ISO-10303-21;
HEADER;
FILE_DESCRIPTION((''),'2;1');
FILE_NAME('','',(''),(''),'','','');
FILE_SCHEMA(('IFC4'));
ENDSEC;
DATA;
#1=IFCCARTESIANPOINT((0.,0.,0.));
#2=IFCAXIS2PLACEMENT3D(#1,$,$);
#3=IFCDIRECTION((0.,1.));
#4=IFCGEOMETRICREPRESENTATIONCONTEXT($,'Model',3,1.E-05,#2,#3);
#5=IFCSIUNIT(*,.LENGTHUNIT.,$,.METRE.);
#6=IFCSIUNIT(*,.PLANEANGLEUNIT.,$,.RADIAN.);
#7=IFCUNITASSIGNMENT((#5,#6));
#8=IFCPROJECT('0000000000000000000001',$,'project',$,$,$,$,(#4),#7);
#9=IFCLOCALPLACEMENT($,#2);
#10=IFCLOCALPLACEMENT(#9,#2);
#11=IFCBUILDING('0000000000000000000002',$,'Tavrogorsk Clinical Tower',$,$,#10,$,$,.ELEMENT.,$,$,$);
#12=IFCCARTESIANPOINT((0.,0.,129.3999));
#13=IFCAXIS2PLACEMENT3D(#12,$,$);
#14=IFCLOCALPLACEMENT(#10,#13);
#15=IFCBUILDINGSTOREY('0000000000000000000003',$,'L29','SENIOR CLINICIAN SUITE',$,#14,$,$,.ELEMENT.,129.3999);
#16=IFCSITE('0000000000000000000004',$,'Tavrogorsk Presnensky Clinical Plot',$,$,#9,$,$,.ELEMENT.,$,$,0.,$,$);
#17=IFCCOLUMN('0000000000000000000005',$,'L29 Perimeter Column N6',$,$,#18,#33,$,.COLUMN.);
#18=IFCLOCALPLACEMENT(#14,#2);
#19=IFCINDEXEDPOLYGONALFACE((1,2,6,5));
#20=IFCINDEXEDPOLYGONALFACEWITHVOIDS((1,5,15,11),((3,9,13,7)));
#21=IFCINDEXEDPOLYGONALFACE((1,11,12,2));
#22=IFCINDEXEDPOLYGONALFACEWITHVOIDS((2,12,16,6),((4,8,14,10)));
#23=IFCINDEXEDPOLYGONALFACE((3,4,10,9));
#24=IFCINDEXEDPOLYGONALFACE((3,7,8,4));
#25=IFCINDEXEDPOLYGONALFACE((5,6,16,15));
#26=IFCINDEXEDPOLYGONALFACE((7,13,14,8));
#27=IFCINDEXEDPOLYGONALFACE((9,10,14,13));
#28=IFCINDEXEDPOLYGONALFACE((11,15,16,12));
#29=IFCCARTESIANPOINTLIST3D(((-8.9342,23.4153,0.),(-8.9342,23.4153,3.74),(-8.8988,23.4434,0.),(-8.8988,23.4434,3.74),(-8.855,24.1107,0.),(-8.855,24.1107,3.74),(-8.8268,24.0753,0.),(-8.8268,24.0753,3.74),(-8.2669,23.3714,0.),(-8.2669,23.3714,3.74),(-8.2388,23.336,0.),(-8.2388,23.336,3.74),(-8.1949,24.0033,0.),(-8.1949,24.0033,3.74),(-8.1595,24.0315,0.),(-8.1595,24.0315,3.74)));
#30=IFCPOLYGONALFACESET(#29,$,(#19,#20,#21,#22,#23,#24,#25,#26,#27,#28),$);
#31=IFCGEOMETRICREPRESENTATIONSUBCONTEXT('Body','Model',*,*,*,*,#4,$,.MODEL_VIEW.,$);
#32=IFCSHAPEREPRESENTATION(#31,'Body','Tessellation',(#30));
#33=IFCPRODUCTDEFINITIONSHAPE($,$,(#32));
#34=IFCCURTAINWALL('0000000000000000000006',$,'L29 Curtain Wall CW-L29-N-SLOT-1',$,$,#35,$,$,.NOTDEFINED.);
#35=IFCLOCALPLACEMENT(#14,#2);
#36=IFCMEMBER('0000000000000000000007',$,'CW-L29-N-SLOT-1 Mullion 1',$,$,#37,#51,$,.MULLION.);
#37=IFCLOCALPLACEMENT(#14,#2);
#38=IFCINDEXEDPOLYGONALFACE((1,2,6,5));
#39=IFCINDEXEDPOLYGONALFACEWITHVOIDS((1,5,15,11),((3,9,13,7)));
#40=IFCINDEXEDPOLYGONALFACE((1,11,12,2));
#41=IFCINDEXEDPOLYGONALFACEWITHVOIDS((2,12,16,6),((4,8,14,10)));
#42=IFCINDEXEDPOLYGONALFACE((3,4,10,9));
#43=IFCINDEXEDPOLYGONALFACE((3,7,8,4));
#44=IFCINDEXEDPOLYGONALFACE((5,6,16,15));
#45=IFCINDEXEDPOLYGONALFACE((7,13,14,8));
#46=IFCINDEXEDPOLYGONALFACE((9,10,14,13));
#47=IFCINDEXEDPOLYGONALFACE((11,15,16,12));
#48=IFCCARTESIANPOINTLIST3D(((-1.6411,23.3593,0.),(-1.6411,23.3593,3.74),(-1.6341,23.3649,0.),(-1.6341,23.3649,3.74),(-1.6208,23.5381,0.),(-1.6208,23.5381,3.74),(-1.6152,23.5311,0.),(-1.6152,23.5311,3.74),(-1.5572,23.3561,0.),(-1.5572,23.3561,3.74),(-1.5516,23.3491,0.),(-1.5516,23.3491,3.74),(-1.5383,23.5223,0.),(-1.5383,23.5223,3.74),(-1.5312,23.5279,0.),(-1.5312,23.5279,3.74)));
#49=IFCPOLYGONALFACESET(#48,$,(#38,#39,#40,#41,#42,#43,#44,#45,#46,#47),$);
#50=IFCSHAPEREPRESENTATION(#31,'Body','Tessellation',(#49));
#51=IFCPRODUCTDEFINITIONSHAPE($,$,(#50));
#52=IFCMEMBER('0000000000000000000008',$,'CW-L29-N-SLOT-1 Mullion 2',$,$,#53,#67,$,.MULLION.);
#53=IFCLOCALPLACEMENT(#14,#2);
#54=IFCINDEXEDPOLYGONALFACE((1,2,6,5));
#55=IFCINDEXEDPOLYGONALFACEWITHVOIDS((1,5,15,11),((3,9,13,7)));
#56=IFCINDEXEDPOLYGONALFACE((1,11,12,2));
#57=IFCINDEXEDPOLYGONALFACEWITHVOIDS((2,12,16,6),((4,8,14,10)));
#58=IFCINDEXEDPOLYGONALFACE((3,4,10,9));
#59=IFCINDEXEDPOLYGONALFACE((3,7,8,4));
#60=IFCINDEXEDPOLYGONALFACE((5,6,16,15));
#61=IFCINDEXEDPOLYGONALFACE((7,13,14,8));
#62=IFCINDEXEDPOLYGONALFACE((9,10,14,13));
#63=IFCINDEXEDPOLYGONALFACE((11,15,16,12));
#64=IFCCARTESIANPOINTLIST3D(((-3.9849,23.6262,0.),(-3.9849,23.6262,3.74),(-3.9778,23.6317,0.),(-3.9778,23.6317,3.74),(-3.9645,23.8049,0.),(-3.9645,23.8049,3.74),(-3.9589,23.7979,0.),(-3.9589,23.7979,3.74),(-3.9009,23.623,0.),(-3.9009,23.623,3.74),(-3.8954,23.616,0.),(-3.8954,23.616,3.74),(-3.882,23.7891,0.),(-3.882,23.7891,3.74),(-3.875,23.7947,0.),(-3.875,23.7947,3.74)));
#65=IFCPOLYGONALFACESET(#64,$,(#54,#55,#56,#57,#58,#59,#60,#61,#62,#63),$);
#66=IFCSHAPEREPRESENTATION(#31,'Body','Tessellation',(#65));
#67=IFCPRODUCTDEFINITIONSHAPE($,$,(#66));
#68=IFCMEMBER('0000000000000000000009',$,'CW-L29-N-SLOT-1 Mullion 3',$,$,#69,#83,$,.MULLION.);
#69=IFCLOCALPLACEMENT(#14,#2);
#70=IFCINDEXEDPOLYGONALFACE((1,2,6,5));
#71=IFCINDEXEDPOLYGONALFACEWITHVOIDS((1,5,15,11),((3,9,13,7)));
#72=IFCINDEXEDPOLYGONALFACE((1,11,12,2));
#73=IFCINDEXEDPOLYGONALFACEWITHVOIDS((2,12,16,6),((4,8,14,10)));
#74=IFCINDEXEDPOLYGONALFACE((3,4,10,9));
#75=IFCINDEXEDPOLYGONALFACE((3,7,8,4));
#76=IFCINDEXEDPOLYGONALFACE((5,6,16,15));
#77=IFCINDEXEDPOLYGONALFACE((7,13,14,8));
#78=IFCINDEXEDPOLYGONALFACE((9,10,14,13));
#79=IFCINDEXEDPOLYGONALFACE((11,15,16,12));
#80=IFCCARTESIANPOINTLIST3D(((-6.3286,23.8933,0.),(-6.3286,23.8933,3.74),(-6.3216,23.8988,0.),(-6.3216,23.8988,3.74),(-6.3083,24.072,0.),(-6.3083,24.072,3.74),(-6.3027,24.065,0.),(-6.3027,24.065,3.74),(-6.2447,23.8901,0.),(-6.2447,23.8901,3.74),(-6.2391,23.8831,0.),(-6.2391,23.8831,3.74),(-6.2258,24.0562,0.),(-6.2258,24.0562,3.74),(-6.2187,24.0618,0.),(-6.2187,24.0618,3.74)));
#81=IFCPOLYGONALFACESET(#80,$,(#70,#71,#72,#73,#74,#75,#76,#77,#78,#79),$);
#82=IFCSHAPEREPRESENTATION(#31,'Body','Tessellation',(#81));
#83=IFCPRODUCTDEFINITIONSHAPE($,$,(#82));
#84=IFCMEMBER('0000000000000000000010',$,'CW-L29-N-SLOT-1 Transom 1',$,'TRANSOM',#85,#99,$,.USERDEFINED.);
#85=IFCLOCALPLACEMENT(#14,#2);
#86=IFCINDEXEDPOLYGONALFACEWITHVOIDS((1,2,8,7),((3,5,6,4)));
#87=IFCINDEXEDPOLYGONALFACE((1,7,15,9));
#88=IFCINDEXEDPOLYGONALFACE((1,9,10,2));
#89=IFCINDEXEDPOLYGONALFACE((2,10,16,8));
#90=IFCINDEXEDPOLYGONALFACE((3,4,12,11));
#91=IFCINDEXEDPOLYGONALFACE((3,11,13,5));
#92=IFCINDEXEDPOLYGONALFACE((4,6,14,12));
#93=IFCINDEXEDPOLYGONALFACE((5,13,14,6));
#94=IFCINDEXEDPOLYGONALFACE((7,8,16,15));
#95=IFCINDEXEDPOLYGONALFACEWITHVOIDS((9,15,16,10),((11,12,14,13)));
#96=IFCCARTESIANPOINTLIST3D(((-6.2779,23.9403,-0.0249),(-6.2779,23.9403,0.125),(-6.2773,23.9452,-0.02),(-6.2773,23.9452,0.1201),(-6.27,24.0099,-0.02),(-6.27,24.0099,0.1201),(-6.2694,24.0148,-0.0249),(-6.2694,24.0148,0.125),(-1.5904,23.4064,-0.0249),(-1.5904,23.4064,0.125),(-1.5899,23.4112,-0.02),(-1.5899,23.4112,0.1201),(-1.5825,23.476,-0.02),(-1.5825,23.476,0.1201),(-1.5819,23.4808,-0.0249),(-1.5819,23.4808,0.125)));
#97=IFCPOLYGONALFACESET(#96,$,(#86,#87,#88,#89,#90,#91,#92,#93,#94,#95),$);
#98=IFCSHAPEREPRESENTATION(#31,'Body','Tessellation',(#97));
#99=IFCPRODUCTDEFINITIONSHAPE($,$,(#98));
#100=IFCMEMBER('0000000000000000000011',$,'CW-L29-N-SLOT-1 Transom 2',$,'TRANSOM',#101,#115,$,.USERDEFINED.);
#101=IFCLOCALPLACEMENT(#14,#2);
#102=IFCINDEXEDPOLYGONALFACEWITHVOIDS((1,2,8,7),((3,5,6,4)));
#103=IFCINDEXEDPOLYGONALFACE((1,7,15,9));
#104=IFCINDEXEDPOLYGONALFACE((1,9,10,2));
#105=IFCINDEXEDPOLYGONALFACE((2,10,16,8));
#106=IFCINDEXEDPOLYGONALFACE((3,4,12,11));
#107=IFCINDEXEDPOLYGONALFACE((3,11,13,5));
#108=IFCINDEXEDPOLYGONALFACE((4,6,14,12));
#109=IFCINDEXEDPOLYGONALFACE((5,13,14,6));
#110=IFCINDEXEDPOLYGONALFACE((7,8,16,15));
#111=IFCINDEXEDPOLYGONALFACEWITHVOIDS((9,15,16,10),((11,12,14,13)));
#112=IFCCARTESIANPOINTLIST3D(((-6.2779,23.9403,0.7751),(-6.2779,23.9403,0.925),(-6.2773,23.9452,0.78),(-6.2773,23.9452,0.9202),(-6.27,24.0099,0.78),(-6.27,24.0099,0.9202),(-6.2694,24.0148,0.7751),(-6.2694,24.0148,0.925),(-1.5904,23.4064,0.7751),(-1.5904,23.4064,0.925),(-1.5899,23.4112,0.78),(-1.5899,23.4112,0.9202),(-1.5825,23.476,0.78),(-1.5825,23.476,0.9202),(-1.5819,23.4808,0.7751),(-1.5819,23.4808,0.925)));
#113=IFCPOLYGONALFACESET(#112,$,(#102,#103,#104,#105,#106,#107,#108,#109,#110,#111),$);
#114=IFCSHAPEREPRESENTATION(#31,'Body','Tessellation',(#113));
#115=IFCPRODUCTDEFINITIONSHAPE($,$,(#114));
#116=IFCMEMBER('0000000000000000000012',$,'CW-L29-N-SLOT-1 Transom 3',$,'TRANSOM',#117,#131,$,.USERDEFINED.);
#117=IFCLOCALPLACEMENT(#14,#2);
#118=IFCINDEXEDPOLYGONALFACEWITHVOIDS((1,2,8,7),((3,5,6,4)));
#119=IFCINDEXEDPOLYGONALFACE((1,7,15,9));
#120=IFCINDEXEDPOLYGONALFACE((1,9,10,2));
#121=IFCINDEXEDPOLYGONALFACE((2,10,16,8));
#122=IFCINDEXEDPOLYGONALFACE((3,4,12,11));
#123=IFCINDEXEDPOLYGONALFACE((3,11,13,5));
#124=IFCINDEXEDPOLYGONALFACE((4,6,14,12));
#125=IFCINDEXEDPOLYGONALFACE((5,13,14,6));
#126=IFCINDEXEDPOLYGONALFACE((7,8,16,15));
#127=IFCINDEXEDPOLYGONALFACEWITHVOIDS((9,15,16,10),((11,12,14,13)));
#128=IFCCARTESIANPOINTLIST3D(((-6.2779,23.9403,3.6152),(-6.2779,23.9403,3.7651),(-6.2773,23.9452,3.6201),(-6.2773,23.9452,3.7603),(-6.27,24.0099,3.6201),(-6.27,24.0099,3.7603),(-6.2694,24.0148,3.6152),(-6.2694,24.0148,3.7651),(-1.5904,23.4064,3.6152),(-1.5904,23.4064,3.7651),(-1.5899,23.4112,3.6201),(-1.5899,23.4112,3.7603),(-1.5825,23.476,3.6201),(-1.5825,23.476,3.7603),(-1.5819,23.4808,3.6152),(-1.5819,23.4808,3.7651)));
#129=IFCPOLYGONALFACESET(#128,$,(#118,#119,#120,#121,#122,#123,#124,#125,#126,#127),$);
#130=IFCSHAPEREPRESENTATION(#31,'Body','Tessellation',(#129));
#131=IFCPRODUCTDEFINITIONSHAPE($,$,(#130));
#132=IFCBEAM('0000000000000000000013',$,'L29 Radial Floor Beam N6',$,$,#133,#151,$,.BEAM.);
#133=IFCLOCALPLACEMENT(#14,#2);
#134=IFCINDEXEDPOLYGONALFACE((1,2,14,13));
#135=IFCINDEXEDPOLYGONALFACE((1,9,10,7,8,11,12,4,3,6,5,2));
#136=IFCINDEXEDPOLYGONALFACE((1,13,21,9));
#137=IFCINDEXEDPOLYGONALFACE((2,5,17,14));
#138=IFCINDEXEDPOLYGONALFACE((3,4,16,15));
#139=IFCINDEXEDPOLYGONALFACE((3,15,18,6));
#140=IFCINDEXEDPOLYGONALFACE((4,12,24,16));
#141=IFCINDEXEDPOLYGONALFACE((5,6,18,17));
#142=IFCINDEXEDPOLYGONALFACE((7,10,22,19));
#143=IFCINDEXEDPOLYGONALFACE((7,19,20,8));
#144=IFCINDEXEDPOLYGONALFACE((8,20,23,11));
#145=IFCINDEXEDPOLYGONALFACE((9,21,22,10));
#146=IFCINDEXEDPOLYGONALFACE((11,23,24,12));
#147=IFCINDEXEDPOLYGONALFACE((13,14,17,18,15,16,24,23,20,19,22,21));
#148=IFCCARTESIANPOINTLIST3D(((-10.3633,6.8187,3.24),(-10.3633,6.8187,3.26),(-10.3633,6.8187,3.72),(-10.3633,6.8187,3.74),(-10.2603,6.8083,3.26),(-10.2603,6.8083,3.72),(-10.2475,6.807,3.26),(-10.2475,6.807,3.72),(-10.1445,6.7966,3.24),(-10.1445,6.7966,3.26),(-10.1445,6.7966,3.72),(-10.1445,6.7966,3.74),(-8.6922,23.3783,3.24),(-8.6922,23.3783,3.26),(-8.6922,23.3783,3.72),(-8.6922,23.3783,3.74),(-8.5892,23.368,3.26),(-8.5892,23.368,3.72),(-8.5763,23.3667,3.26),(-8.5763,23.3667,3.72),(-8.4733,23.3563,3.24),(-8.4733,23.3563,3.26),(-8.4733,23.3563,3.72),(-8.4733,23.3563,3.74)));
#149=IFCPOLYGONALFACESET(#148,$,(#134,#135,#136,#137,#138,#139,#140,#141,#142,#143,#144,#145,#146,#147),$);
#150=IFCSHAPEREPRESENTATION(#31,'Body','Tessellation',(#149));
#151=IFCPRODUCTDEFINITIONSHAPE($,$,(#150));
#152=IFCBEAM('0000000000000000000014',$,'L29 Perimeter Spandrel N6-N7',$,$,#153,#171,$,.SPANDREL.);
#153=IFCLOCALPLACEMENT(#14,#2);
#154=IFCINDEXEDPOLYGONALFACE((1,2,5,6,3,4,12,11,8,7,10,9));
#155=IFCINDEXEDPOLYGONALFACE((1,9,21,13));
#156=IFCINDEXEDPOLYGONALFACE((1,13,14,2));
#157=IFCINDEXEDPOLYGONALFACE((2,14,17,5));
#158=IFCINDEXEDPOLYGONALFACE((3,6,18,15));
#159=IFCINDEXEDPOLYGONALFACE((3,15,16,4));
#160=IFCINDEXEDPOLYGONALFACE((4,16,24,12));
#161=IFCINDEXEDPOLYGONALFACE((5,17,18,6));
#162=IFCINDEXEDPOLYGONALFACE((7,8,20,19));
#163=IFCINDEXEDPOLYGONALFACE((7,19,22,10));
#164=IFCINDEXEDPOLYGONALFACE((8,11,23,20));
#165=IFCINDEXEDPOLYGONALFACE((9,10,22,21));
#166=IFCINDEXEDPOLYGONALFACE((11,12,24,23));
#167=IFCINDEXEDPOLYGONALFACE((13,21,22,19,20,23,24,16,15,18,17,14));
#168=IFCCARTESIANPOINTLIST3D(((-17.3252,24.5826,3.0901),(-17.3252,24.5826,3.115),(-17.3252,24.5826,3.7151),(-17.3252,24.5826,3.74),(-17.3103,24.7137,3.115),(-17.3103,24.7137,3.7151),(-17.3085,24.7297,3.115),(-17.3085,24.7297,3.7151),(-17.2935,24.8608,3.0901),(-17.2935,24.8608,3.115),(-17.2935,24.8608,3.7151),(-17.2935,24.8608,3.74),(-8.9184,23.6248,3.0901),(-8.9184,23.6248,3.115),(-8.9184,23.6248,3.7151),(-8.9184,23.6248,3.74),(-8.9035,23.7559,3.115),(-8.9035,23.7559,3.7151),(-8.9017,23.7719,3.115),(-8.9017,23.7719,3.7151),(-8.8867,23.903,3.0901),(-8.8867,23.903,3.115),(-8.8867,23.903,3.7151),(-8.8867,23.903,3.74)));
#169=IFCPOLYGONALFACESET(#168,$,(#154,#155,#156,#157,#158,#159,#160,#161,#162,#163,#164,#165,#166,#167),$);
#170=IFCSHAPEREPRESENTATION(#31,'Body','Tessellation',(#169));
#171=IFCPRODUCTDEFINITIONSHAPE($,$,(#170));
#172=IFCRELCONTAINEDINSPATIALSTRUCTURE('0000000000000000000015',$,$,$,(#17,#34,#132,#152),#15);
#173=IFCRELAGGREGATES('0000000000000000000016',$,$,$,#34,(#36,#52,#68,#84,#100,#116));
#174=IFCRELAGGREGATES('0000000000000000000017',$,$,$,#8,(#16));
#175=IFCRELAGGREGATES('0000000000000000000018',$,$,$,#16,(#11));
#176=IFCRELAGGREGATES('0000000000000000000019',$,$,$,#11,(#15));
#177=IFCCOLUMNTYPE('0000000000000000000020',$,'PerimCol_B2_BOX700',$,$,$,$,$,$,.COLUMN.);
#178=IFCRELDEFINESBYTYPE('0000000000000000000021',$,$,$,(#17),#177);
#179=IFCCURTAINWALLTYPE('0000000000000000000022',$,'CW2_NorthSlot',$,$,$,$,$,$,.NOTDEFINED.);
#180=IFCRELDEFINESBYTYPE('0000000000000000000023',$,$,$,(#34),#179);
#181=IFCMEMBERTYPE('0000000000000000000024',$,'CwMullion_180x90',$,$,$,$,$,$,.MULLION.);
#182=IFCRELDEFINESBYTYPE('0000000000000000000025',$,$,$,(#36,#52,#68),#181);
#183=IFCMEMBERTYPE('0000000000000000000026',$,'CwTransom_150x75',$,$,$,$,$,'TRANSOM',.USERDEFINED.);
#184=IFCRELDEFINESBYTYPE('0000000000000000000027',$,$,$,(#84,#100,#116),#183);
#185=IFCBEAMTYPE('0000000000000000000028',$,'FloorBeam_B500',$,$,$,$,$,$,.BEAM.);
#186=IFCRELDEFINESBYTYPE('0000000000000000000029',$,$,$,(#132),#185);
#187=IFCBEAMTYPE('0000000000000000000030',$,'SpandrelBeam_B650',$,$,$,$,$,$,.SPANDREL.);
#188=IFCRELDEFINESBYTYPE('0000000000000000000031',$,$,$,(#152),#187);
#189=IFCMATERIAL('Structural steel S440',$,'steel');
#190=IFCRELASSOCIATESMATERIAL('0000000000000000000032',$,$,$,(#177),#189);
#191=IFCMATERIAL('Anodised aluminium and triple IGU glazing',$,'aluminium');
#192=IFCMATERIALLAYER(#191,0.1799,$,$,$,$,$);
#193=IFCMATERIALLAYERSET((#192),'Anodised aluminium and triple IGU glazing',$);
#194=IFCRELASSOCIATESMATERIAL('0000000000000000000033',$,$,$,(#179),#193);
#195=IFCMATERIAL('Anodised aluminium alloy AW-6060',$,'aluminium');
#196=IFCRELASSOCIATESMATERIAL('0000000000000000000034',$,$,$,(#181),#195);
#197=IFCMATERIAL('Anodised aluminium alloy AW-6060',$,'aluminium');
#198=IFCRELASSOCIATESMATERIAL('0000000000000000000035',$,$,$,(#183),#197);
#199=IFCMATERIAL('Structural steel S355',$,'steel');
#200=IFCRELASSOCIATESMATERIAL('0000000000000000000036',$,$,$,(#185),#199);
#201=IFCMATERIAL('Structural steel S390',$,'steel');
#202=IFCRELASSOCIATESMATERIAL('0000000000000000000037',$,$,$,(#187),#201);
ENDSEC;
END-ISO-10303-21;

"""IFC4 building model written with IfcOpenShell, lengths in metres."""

from ifc_helpers import new_model, si_unit, direction, frame, origin, origin_2d, place, context, subcontext, project, spatial, hollow_rectangle, i_section, extrude, material, layer, layer_set, material_profile, profile_set, type_object, element, aggregate, save


model = new_model("IFC4")

# Units and contexts
model_context = context("Model", 3, precision=1e-05, world=origin(), true_north=direction((0.0, 1.0)))
body_context = subcontext(model_context, "Body", "Model", "MODEL_VIEW")
ifc_project = project(units=[si_unit("LENGTHUNIT", "METRE"), si_unit("PLANEANGLEUNIT", "RADIAN")], contexts=[model_context])

# Site, building, storey
site_placement = place(None, origin())
site = spatial("IfcSite", under=ifc_project, at=site_placement, Name="Tavrogorsk Presnensky Clinical Plot", CompositionType="ELEMENT", RefElevation=0.0)
building_placement = place(site_placement, origin())
building = spatial("IfcBuilding", under=site, at=building_placement, Name="Tavrogorsk Clinical Tower", CompositionType="ELEMENT")
storey_placement = place(building_placement, frame((0.0, 0.0, 129.3999)))
storey = spatial("IfcBuildingStorey", under=building, at=storey_placement, Name="L29", Description="SENIOR CLINICIAN SUITE", CompositionType="ELEMENT", Elevation=129.3999)

# Column
ifc_material_1 = material(Name="Structural steel S440", Category="steel")
ifc_material_profile_1 = material_profile(ifc_material_1, hollow_rectangle(XDim=0.7, YDim=0.7, WallThickness=0.032, at=origin_2d()), Name="BOX-700x700x32")
ifc_profile_set_1 = profile_set([ifc_material_profile_1], Name="Structural steel S440")
column_type = type_object("IfcColumnType", Name="PerimCol_B2_BOX700", PredefinedType="COLUMN", material=ifc_profile_set_1)
column_placement = place(storey_placement, frame((-8.5469, 23.7234, 0.0), z_axis=(0.0, 0.0, 1.0), x_axis=(0.993572, -0.113203, 0.0)))
element("IfcColumn", 1, at=column_placement, inside=storey, type_object=column_type, Name="L29 Perimeter Column N6", PredefinedType="COLUMN", context=body_context, shape_type="SweptSolid", body=[
    extrude(hollow_rectangle(XDim=0.7, YDim=0.7, WallThickness=0.032, at=origin_2d()), origin(), (0.0, 0.0, 1.0), 3.74),
])

# Curtain wall, members
ifc_material_2 = material(Name="Anodised aluminium and triple IGU glazing", Category="aluminium")
ifc_layer_1 = layer(ifc_material_2, 0.1799)
ifc_layer_set_1 = layer_set([ifc_layer_1], Name="Anodised aluminium and triple IGU glazing")
curtain_wall_type = type_object("IfcCurtainWallType", Name="CW2_NorthSlot", PredefinedType="NOTDEFINED", material=ifc_layer_set_1)
curtain_wall_placement = place(storey_placement, origin())
curtain_wall = element("IfcCurtainWall", 2, at=curtain_wall_placement, inside=storey, type_object=curtain_wall_type, Name="L29 Curtain Wall CW-L29-N-SLOT-1", PredefinedType="NOTDEFINED")
ifc_material_3 = material(Name="Anodised aluminium alloy AW-6060", Category="aluminium")
ifc_material_profile_2 = material_profile(ifc_material_3, hollow_rectangle(XDim=0.0901, YDim=0.1799, WallThickness=0.0063, at=origin_2d()), Name="RHS-180x90x6.3")
ifc_profile_set_2 = profile_set([ifc_material_profile_2], Name="Anodised aluminium alloy AW-6060")
member_type_1 = type_object("IfcMemberType", Name="CwMullion_180x90", PredefinedType="MULLION", material=ifc_profile_set_2)
member_1_placement = place(storey_placement, frame((-1.5862, 23.4436, 0.0), z_axis=(0.0, 0.0, 1.0), x_axis=(-0.993572, 0.113203, 0.0)))
member_1 = element("IfcMember", 3, at=member_1_placement, type_object=member_type_1, Name="CW-L29-N-SLOT-1 Mullion 1", PredefinedType="MULLION", context=body_context, shape_type="SweptSolid", body=[
    extrude(hollow_rectangle(XDim=0.0901, YDim=0.1799, WallThickness=0.0063, at=origin_2d()), origin(), (0.0, 0.0, 1.0), 3.74),
])
member_2_placement = place(storey_placement, frame((-3.9299, 23.7104, 0.0), z_axis=(0.0, 0.0, 1.0), x_axis=(-0.993572, 0.113203, 0.0)))
member_2 = element("IfcMember", 4, at=member_2_placement, type_object=member_type_1, Name="CW-L29-N-SLOT-1 Mullion 2", PredefinedType="MULLION", context=body_context, shape_type="SweptSolid", body=[
    extrude(hollow_rectangle(XDim=0.0901, YDim=0.1799, WallThickness=0.0063, at=origin_2d()), origin(), (0.0, 0.0, 1.0), 3.74),
])
member_3_placement = place(storey_placement, frame((-6.2737, 23.9775, 0.0), z_axis=(0.0, 0.0, 1.0), x_axis=(-0.993572, 0.113203, 0.0)))
member_3 = element("IfcMember", 5, at=member_3_placement, type_object=member_type_1, Name="CW-L29-N-SLOT-1 Mullion 3", PredefinedType="MULLION", context=body_context, shape_type="SweptSolid", body=[
    extrude(hollow_rectangle(XDim=0.0901, YDim=0.1799, WallThickness=0.0063, at=origin_2d()), origin(), (0.0, 0.0, 1.0), 3.74),
])
ifc_material_4 = material(Name="Anodised aluminium alloy AW-6060", Category="aluminium")
ifc_material_profile_3 = material_profile(ifc_material_4, hollow_rectangle(XDim=0.075, YDim=0.1499, WallThickness=0.0049, at=origin_2d()), Name="RHS-150x75x5")
ifc_profile_set_3 = profile_set([ifc_material_profile_3], Name="Anodised aluminium alloy AW-6060")
member_type_2 = type_object("IfcMemberType", Name="CwTransom_150x75", ElementType="TRANSOM", PredefinedType="USERDEFINED", material=ifc_profile_set_3)
member_4_placement = place(storey_placement, frame((-1.5862, 23.4436, 0.05), z_axis=(-0.993575, 0.113174, 0.0), x_axis=(-0.113174, -0.993575, 0.0)))
member_4 = element("IfcMember", 6, at=member_4_placement, type_object=member_type_2, Name="CW-L29-N-SLOT-1 Transom 1", ObjectType="TRANSOM", PredefinedType="USERDEFINED", context=body_context, shape_type="SweptSolid", body=[
    extrude(hollow_rectangle(XDim=0.075, YDim=0.1499, WallThickness=0.0049, at=origin_2d()), origin(), (0.0, 0.0, 1.0), 4.7178),
])
member_5_placement = place(storey_placement, frame((-1.5862, 23.4436, 0.8501), z_axis=(-0.993575, 0.113174, 0.0), x_axis=(-0.113174, -0.993575, 0.0)))
member_5 = element("IfcMember", 7, at=member_5_placement, type_object=member_type_2, Name="CW-L29-N-SLOT-1 Transom 2", ObjectType="TRANSOM", PredefinedType="USERDEFINED", context=body_context, shape_type="SweptSolid", body=[
    extrude(hollow_rectangle(XDim=0.075, YDim=0.1499, WallThickness=0.0049, at=origin_2d()), origin(), (0.0, 0.0, 1.0), 4.7178),
])
member_6_placement = place(storey_placement, frame((-1.5862, 23.4436, 3.6902), z_axis=(-0.993575, 0.113174, 0.0), x_axis=(-0.113174, -0.993575, 0.0)))
member_6 = element("IfcMember", 8, at=member_6_placement, type_object=member_type_2, Name="CW-L29-N-SLOT-1 Transom 3", ObjectType="TRANSOM", PredefinedType="USERDEFINED", context=body_context, shape_type="SweptSolid", body=[
    extrude(hollow_rectangle(XDim=0.075, YDim=0.1499, WallThickness=0.0049, at=origin_2d()), origin(), (0.0, 0.0, 1.0), 4.7178),
])

# Beams
ifc_material_5 = material(Name="Structural steel S355", Category="steel")
ifc_material_profile_4 = material_profile(ifc_material_5, i_section(OverallWidth=0.22, OverallDepth=0.5, WebThickness=0.0129, FlangeThickness=0.02, at=origin_2d()), Name="B-500x220x13x20")
ifc_profile_set_4 = profile_set([ifc_material_profile_4], Name="Structural steel S355")
beam_type_1 = type_object("IfcBeamType", Name="FloorBeam_B500", PredefinedType="BEAM", material=ifc_profile_set_4)
beam_1_placement = place(storey_placement, frame((-10.2539, 6.8076, 3.49), z_axis=(0.100407, 0.994946, 0.0), x_axis=(-0.994946, 0.100407, 0.0)))
element("IfcBeam", 9, at=beam_1_placement, inside=storey, type_object=beam_type_1, Name="L29 Radial Floor Beam N6", PredefinedType="BEAM", context=body_context, shape_type="SweptSolid", body=[
    extrude(i_section(OverallWidth=0.22, OverallDepth=0.5, WebThickness=0.0129, FlangeThickness=0.02, at=origin_2d()), origin(), (0.0, 0.0, 1.0), 16.6438),
])
ifc_material_6 = material(Name="Structural steel S390", Category="steel")
ifc_material_profile_5 = material_profile(ifc_material_6, i_section(OverallWidth=0.28, OverallDepth=0.6499, WebThickness=0.0161, FlangeThickness=0.0249, at=origin_2d()), Name="B-650x280x16x25")
ifc_profile_set_5 = profile_set([ifc_material_profile_5], Name="Structural steel S390")
beam_type_2 = type_object("IfcBeamType", Name="SpandrelBeam_B650", PredefinedType="SPANDREL", material=ifc_profile_set_5)
beam_2_placement = place(storey_placement, frame((-8.9026, 23.7639, 3.415), z_axis=(-0.993573, 0.113196, 0.0), x_axis=(-0.113196, -0.993573, 0.0)))
element("IfcBeam", 10, at=beam_2_placement, inside=storey, type_object=beam_type_2, Name="L29 Perimeter Spandrel N6-N7", PredefinedType="SPANDREL", context=body_context, shape_type="SweptSolid", body=[
    extrude(i_section(OverallWidth=0.28, OverallDepth=0.6499, WebThickness=0.0161, FlangeThickness=0.0249, at=origin_2d()), origin(), (0.0, 0.0, 1.0), 8.4612),
])

aggregate(curtain_wall, [member_1, member_2, member_3, member_4, member_5, member_6])

save(model, "model.ifc")
